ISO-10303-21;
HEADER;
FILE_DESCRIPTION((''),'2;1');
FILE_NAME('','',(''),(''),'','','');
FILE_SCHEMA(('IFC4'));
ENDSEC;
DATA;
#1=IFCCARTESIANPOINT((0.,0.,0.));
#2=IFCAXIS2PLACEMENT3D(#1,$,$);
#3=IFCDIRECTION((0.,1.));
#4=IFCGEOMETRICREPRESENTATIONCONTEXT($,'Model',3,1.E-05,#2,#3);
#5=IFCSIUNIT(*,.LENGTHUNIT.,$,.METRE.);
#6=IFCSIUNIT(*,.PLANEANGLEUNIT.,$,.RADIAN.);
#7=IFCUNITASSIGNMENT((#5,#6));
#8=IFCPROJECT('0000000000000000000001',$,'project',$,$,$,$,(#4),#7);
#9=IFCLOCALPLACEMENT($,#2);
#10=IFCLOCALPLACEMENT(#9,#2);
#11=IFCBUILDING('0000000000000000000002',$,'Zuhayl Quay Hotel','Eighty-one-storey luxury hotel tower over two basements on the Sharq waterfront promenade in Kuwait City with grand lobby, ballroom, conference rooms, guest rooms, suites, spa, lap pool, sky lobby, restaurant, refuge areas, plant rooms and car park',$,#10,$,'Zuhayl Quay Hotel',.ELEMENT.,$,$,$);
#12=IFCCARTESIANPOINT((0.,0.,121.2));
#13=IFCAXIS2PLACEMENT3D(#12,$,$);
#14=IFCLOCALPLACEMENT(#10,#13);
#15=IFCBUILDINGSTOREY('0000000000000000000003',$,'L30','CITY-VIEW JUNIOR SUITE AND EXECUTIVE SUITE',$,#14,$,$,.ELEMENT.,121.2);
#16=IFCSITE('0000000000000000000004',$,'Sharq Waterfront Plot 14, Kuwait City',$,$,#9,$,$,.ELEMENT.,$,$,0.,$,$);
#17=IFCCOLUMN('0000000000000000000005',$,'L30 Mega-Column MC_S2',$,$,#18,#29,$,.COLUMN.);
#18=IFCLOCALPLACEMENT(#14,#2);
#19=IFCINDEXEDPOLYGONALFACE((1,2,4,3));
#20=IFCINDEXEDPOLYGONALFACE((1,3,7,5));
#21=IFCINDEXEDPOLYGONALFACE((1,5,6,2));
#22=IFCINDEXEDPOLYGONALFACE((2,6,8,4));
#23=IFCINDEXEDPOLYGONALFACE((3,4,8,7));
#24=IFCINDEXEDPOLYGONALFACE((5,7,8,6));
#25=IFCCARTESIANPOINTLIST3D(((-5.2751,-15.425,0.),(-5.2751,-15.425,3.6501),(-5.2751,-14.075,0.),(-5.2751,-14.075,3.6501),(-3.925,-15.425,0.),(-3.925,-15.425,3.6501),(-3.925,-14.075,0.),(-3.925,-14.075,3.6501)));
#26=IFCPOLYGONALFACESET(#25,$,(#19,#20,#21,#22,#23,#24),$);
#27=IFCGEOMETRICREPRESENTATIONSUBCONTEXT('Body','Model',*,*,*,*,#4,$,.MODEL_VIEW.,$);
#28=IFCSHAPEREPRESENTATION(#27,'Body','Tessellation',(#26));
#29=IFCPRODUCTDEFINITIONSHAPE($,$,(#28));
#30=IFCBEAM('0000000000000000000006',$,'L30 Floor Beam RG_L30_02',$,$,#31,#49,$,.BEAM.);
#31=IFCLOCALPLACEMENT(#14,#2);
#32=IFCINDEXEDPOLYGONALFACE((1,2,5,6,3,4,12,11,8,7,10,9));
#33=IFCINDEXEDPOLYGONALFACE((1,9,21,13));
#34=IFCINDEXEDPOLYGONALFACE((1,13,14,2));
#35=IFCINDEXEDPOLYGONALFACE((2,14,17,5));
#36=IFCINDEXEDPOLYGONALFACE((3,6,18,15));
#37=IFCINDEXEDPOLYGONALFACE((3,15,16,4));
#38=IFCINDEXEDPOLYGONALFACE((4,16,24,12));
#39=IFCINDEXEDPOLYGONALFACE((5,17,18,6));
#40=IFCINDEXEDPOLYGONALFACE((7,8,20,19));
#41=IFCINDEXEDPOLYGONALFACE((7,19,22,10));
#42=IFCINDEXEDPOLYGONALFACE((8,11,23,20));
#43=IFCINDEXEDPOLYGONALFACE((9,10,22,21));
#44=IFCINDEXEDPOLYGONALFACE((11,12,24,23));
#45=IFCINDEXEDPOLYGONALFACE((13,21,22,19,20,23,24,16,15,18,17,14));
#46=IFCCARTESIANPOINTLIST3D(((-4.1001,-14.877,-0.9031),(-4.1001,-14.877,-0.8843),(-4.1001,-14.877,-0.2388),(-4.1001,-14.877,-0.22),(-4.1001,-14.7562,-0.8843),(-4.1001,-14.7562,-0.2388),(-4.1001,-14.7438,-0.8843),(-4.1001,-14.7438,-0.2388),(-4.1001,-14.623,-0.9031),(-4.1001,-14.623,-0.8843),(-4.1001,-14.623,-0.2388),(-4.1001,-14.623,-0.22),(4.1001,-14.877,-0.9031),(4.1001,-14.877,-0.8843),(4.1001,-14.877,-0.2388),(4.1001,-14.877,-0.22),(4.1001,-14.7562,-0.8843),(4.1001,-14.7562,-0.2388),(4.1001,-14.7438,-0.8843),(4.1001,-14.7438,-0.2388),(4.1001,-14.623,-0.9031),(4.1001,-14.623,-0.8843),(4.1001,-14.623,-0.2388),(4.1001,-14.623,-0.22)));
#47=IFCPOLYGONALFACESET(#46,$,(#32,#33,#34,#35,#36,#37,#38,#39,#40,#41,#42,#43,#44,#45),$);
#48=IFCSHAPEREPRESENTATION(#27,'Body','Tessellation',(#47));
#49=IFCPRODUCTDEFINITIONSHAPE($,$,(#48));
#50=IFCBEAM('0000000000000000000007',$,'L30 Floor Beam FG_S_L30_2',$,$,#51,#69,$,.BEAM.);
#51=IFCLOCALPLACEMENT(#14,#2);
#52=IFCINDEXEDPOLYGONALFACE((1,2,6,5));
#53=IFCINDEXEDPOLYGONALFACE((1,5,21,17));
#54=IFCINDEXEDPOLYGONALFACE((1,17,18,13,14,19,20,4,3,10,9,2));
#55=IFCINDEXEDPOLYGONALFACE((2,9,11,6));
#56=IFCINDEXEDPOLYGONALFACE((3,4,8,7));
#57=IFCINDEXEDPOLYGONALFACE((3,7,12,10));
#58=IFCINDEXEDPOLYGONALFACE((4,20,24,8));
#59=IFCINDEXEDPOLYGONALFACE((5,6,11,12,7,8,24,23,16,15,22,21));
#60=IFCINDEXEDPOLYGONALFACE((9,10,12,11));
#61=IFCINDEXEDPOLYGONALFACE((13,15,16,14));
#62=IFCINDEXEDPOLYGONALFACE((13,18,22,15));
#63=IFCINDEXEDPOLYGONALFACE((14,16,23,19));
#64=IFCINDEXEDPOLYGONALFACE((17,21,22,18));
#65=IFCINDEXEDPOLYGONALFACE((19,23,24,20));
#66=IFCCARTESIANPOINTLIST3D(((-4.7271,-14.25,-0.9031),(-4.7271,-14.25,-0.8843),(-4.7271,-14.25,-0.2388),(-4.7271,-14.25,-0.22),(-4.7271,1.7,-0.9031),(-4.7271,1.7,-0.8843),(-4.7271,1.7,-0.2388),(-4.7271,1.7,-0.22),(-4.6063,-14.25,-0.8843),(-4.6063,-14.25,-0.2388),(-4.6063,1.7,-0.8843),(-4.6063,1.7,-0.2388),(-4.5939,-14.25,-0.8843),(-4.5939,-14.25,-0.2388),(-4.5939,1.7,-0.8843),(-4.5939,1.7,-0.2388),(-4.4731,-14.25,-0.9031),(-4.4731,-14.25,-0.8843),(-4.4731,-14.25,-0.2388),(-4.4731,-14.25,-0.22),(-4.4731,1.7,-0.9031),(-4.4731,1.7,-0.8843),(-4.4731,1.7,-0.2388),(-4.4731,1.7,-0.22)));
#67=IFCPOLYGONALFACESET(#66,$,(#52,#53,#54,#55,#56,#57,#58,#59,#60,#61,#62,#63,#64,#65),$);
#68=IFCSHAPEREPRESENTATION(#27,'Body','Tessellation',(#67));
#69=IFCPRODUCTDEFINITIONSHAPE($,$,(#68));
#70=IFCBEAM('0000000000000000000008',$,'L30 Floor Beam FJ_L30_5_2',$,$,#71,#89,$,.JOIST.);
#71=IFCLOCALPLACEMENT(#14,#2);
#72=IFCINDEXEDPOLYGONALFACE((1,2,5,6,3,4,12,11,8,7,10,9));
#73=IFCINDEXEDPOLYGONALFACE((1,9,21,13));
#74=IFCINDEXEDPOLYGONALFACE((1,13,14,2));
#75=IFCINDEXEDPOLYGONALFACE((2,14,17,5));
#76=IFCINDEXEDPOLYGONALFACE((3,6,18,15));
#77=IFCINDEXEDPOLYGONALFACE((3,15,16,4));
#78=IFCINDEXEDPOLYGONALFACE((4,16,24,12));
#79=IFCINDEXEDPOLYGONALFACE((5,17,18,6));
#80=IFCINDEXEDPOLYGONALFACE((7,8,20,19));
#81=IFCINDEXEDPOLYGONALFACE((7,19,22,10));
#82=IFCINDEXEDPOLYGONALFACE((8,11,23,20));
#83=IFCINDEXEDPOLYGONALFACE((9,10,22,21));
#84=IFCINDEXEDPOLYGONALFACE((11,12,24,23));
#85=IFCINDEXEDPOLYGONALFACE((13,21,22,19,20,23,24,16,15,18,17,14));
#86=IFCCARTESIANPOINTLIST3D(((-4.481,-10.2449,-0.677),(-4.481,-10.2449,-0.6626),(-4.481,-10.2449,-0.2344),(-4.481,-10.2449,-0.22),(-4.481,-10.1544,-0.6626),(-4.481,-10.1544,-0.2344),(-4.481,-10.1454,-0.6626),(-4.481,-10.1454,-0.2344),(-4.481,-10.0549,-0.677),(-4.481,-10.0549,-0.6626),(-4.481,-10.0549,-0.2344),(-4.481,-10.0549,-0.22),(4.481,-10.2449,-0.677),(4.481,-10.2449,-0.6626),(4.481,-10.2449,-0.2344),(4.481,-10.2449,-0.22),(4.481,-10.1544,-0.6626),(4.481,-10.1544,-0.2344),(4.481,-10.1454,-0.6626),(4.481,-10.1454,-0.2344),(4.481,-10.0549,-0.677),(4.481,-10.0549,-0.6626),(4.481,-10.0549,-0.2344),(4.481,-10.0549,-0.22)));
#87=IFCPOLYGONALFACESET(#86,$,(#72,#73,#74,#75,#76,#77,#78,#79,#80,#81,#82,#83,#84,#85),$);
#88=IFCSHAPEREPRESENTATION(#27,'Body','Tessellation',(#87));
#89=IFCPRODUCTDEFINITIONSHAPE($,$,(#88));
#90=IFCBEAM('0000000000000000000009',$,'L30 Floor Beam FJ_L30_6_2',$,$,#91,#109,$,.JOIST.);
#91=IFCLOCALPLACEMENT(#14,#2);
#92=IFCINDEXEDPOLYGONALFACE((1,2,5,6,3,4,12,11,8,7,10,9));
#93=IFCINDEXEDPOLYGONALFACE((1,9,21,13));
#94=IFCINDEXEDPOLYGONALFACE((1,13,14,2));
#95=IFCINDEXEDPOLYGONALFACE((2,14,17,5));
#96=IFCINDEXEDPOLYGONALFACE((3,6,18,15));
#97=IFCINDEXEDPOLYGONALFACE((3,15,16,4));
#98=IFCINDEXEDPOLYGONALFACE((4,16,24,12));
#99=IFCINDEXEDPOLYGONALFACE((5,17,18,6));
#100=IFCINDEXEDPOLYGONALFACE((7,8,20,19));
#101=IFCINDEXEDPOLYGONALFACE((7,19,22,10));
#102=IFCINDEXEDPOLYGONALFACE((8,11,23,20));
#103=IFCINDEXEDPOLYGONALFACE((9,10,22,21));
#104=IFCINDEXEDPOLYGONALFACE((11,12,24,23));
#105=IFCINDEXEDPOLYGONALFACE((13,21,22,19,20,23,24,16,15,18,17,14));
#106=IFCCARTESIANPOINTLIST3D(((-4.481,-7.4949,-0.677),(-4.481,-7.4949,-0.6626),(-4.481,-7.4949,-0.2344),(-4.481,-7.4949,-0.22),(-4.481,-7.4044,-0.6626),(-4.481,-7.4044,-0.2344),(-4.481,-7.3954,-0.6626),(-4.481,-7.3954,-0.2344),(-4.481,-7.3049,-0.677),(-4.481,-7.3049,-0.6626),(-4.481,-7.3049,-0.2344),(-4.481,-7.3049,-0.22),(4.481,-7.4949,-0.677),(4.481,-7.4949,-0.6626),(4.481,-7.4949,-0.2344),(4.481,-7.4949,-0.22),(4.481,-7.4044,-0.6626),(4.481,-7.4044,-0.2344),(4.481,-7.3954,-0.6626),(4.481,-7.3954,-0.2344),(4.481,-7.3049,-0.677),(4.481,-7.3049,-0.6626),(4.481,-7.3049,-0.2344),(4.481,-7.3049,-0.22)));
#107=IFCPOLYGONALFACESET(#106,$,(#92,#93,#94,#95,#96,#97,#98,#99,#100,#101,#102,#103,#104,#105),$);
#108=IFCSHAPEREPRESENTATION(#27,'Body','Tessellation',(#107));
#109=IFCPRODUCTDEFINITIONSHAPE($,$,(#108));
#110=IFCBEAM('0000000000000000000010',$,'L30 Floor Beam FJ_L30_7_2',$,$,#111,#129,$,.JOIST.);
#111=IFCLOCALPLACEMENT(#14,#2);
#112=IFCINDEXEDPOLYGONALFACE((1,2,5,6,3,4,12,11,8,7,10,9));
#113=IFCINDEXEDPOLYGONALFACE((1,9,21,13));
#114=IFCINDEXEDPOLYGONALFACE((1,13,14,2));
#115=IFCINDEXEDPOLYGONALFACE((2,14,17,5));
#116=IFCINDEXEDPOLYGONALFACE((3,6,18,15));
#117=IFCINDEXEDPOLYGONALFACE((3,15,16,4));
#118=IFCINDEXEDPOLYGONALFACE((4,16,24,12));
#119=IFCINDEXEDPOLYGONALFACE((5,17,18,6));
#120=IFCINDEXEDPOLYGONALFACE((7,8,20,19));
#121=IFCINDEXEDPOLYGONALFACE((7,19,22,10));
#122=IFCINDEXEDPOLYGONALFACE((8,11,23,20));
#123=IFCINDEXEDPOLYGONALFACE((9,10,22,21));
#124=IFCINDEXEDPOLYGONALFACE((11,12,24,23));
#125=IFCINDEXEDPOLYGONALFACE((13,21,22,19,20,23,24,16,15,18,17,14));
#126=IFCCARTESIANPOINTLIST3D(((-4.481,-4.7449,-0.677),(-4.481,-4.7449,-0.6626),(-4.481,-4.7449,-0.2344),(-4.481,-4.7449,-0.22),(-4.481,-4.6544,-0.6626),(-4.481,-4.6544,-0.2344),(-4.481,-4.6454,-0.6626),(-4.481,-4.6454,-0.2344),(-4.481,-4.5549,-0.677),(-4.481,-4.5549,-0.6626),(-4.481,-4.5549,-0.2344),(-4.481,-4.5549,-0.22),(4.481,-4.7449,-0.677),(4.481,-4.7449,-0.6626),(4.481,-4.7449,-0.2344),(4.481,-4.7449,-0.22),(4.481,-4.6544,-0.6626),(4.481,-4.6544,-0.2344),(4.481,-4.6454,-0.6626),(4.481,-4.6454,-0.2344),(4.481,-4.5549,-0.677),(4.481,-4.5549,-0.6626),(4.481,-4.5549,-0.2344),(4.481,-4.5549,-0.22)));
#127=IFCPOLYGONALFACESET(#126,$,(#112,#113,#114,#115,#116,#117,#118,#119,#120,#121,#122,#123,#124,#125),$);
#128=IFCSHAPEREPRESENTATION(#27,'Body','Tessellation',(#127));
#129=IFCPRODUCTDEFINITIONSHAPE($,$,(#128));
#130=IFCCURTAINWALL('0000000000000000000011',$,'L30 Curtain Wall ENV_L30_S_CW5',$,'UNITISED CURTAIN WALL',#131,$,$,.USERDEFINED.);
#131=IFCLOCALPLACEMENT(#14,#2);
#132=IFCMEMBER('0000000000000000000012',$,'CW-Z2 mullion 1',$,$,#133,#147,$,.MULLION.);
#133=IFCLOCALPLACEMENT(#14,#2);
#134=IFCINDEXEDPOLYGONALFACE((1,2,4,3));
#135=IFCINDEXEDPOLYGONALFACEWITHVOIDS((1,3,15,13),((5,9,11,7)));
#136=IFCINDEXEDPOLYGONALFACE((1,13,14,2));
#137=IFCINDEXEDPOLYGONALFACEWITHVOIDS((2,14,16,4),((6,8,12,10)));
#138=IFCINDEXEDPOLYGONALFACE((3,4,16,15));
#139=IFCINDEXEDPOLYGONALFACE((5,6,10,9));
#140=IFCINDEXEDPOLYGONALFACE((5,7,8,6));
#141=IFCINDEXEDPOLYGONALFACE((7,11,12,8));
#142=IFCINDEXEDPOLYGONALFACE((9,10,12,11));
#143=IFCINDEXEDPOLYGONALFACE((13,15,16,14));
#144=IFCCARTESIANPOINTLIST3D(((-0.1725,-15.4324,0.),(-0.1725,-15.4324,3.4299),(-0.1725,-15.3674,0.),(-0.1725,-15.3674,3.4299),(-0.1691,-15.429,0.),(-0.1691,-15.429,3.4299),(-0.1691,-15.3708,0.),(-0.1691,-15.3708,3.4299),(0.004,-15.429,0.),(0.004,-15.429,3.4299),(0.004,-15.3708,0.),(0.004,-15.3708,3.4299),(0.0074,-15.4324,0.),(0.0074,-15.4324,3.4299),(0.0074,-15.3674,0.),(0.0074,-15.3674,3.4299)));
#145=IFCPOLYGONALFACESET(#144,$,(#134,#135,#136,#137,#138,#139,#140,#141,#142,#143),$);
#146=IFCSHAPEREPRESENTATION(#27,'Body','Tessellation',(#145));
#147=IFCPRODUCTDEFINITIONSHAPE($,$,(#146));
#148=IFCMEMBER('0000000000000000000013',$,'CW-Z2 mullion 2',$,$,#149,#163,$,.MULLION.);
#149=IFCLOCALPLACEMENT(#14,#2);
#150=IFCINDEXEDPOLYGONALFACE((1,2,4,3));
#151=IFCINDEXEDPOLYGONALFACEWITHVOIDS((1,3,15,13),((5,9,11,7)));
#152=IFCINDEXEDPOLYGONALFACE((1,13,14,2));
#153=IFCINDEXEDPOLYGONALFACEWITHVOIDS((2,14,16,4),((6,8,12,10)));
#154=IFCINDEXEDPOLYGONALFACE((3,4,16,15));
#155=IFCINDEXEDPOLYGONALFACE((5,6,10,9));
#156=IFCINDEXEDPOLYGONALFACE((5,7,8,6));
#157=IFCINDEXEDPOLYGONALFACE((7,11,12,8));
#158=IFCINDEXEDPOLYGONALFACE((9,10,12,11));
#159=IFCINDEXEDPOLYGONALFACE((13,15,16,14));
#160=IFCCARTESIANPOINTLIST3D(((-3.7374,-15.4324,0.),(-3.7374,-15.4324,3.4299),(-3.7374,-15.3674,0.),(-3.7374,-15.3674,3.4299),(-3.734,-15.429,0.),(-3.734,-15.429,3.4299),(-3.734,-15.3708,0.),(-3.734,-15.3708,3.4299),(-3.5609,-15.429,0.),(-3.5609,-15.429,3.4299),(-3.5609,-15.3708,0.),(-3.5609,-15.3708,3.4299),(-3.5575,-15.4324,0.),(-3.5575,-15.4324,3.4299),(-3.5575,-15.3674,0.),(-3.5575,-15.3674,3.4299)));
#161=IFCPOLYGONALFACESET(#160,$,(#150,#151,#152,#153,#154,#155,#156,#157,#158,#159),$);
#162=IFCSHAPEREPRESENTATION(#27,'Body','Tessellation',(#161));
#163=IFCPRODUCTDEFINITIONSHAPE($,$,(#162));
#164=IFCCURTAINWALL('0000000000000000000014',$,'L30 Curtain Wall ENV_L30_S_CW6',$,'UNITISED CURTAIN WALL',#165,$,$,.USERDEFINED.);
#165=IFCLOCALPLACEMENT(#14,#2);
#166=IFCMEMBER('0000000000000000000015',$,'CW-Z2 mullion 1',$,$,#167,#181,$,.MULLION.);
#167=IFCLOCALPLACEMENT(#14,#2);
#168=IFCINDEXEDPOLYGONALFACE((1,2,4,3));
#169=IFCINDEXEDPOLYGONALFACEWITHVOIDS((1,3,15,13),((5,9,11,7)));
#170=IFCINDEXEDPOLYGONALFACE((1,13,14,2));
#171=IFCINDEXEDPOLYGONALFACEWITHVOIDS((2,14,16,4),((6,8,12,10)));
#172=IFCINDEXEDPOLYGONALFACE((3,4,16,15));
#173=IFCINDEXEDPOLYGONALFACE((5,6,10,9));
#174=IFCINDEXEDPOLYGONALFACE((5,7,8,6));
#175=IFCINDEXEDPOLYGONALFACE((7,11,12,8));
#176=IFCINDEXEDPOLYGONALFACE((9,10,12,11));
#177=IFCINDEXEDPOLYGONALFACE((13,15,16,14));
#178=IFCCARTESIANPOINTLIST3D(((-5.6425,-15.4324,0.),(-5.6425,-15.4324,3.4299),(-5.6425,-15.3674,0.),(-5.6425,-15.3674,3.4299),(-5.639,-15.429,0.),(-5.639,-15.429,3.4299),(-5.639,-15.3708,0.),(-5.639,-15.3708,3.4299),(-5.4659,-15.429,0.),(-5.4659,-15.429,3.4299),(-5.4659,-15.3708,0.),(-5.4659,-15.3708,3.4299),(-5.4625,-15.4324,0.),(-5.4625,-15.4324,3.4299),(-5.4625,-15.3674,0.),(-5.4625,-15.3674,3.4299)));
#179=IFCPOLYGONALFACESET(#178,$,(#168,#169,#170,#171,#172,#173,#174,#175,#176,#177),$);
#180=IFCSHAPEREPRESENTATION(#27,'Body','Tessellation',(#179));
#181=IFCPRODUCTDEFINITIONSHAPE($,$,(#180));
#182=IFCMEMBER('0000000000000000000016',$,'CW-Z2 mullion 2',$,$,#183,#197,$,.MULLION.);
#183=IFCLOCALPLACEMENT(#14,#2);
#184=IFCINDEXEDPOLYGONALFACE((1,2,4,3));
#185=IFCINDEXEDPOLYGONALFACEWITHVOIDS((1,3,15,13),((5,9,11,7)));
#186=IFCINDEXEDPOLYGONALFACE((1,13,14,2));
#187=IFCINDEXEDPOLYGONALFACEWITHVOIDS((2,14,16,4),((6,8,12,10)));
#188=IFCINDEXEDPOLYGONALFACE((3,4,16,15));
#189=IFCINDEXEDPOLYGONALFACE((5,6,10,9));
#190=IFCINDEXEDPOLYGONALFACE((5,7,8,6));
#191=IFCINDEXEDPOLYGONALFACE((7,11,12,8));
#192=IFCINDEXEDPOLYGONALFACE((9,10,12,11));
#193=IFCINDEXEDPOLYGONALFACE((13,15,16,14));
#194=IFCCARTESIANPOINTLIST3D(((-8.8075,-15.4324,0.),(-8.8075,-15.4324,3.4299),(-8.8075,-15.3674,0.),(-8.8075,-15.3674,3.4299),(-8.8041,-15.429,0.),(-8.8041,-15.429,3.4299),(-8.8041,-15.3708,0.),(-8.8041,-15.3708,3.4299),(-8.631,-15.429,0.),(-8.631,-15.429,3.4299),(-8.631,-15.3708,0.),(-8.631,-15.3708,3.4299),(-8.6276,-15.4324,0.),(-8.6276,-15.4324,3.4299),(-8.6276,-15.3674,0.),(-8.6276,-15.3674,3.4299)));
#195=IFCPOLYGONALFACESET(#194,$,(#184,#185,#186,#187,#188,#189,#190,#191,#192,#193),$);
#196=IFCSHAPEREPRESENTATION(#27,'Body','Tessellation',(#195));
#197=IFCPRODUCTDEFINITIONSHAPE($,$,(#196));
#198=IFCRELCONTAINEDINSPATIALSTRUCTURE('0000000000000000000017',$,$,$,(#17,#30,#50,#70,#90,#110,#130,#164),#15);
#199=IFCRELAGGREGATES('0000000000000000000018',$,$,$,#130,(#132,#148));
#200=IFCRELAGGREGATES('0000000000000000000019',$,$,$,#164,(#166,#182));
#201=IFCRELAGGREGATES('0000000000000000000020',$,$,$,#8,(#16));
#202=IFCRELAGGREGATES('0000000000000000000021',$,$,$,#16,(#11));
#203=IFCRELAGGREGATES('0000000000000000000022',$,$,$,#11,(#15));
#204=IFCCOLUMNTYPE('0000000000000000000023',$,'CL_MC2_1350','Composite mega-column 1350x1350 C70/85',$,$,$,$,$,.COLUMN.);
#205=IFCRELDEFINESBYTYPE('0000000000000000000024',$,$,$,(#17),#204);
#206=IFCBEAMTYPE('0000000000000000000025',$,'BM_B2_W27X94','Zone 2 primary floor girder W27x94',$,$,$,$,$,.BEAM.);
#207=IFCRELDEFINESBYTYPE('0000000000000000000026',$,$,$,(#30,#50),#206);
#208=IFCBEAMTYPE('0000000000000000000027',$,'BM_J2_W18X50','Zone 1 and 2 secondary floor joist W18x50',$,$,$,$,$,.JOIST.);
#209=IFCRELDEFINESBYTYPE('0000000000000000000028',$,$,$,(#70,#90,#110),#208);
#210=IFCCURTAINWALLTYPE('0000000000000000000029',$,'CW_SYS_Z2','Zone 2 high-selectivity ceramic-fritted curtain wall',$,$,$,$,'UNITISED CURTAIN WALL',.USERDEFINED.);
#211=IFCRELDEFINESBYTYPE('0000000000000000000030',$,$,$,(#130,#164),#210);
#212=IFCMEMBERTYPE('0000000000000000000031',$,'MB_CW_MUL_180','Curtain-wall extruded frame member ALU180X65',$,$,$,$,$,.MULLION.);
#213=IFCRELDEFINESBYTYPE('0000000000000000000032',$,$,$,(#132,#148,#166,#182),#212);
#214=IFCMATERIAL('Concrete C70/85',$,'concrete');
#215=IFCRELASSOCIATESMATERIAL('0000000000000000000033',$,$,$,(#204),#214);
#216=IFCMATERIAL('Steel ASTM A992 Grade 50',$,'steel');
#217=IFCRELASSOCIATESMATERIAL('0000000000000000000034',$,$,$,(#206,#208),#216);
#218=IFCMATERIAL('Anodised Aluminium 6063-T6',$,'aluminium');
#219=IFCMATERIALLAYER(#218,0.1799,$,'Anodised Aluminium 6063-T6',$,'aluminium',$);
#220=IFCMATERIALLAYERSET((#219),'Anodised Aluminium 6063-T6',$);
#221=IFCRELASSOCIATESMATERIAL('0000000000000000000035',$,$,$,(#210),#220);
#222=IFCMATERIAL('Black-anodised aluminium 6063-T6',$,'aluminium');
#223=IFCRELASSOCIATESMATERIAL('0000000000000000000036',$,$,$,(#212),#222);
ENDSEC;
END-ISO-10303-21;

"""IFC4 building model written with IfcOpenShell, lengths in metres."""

from ifc_helpers import new_model, si_unit, direction, frame, origin, origin_2d, place, context, subcontext, project, spatial, rectangle, hollow_rectangle, i_section, extrude, material, layer, layer_set, material_profile, profile_set, type_object, element, aggregate, save


model = new_model("IFC4")

# Units and contexts
model_context = context("Model", 3, precision=1e-05, world=origin(), true_north=direction((0.0, 1.0)))
body_context = subcontext(model_context, "Body", "Model", "MODEL_VIEW")
ifc_project = project(units=[si_unit("LENGTHUNIT", "METRE"), si_unit("PLANEANGLEUNIT", "RADIAN")], contexts=[model_context])

# Site, building, storey
site_placement = place(None, origin())
site = spatial("IfcSite", under=ifc_project, at=site_placement, Name="Sharq Waterfront Plot 14, Kuwait City", CompositionType="ELEMENT", RefElevation=0.0)
building_placement = place(site_placement, origin())
building = spatial("IfcBuilding", under=site, at=building_placement, Name="Zuhayl Quay Hotel", Description="Eighty-one-storey luxury hotel tower over two basements on the Sharq waterfront promenade in Kuwait City with grand lobby, ballroom, conference rooms, guest rooms, suites, spa, lap pool, sky lobby, restaurant, refuge areas, plant rooms and car park", LongName="Zuhayl Quay Hotel", CompositionType="ELEMENT")
storey_placement = place(building_placement, frame((0.0, 0.0, 121.2)))
storey = spatial("IfcBuildingStorey", under=building, at=storey_placement, Name="L30", Description="CITY-VIEW JUNIOR SUITE AND EXECUTIVE SUITE", CompositionType="ELEMENT", Elevation=121.2)

# Column
ifc_material_1 = material(Name="Concrete C70/85", Category="concrete")
ifc_material_profile_1 = material_profile(ifc_material_1, rectangle(XDim=1.3501, YDim=1.3501, at=origin_2d()), Name="RC1350X1350")
ifc_profile_set_1 = profile_set([ifc_material_profile_1], Name="Concrete C70/85")
column_type = type_object("IfcColumnType", Name="CL_MC2_1350", Description="Composite mega-column 1350x1350 C70/85", PredefinedType="COLUMN", material=ifc_profile_set_1)
column_placement = place(storey_placement, frame((-4.6001, -14.75, 0.0), z_axis=(0.0, 0.0, 1.0), x_axis=(1.0, 0.0, 0.0)))
element("IfcColumn", 1, at=column_placement, inside=storey, type_object=column_type, Name="L30 Mega-Column MC_S2", PredefinedType="COLUMN", context=body_context, shape_type="SweptSolid", body=[
    extrude(rectangle(XDim=1.3501, YDim=1.3501, at=origin_2d()), origin(), (0.0, 0.0, 1.0), 3.6501),
])

# Beams
ifc_material_2 = material(Name="Steel ASTM A992 Grade 50", Category="steel")
ifc_material_profile_2 = material_profile(ifc_material_2, i_section(OverallWidth=0.2539, OverallDepth=0.6831, WebThickness=0.0125, FlangeThickness=0.0188, at=origin_2d()), Name="W27X94")
ifc_profile_set_2 = profile_set([ifc_material_profile_2], Name="Steel ASTM A992 Grade 50")
beam_type_1 = type_object("IfcBeamType", Name="BM_B2_W27X94", Description="Zone 2 primary floor girder W27x94", PredefinedType="BEAM", material=ifc_profile_set_2)
beam_1_placement = place(storey_placement, frame((-4.1001, -14.75, -0.5615), z_axis=(1.0, 0.0, 0.0), x_axis=(0.0, 1.0, 0.0)))
element("IfcBeam", 2, at=beam_1_placement, inside=storey, type_object=beam_type_1, Name="L30 Floor Beam RG_L30_02", PredefinedType="BEAM", context=body_context, shape_type="SweptSolid", body=[
    extrude(i_section(OverallWidth=0.2539, OverallDepth=0.6831, WebThickness=0.0125, FlangeThickness=0.0188, at=origin_2d()), origin(), (0.0, 0.0, 1.0), 8.2002),
])
beam_2_placement = place(storey_placement, frame((-4.6001, -14.25, -0.5615), z_axis=(0.0, 1.0, 0.0), x_axis=(-1.0, 0.0, 0.0)))
element("IfcBeam", 3, at=beam_2_placement, inside=storey, type_object=beam_type_1, Name="L30 Floor Beam FG_S_L30_2", PredefinedType="BEAM", context=body_context, shape_type="SweptSolid", body=[
    extrude(i_section(OverallWidth=0.2539, OverallDepth=0.6831, WebThickness=0.0125, FlangeThickness=0.0188, at=origin_2d()), origin(), (0.0, 0.0, 1.0), 15.95),
])
ifc_material_profile_3 = material_profile(ifc_material_2, i_section(OverallWidth=0.1899, OverallDepth=0.457, WebThickness=0.009, FlangeThickness=0.0144, at=origin_2d()), Name="W18X50")
ifc_profile_set_3 = profile_set([ifc_material_profile_3], Name="Steel ASTM A992 Grade 50")
beam_type_2 = type_object("IfcBeamType", Name="BM_J2_W18X50", Description="Zone 1 and 2 secondary floor joist W18x50", PredefinedType="JOIST", material=ifc_profile_set_3)
for number, where, z_axis, x_axis, name in (
    (4, (-4.481, -10.1499, -0.4485), (1.0, 0.0, 0.0), (0.0, 1.0, 0.0), "L30 Floor Beam FJ_L30_5_2"),
    (5, (-4.481, -7.3999, -0.4485), (1.0, 0.0, 0.0), (0.0, 1.0, 0.0), "L30 Floor Beam FJ_L30_6_2"),
    (6, (-4.481, -4.6499, -0.4485), (1.0, 0.0, 0.0), (0.0, 1.0, 0.0), "L30 Floor Beam FJ_L30_7_2"),
):
    element("IfcBeam", number, at=place(storey_placement, frame(where, z_axis=z_axis, x_axis=x_axis)), inside=storey, type_object=beam_type_2, Name=name, PredefinedType="JOIST", context=body_context, shape_type="SweptSolid", body=[
        extrude(i_section(OverallWidth=0.1899, OverallDepth=0.457, WebThickness=0.009, FlangeThickness=0.0144, at=origin_2d()), origin(), (0.0, 0.0, 1.0), 8.9619),
    ])

# Curtain walls, members
ifc_material_3 = material(Name="Anodised Aluminium 6063-T6", Category="aluminium")
ifc_layer_1 = layer(ifc_material_3, 0.1799, Name="Anodised Aluminium 6063-T6", Category="aluminium")
ifc_layer_set_1 = layer_set([ifc_layer_1], Name="Anodised Aluminium 6063-T6")
curtain_wall_type = type_object("IfcCurtainWallType", Name="CW_SYS_Z2", Description="Zone 2 high-selectivity ceramic-fritted curtain wall", ElementType="UNITISED CURTAIN WALL", PredefinedType="USERDEFINED", material=ifc_layer_set_1)
curtain_wall_1_placement = place(storey_placement, origin())
curtain_wall_1 = element("IfcCurtainWall", 7, at=curtain_wall_1_placement, inside=storey, type_object=curtain_wall_type, Name="L30 Curtain Wall ENV_L30_S_CW5", ObjectType="UNITISED CURTAIN WALL", PredefinedType="USERDEFINED")
ifc_material_4 = material(Name="Black-anodised aluminium 6063-T6", Category="aluminium")
ifc_material_profile_4 = material_profile(ifc_material_4, hollow_rectangle(XDim=0.0649, YDim=0.1799, WallThickness=0.0034, at=origin_2d()), Name="ALU180X65")
ifc_profile_set_4 = profile_set([ifc_material_profile_4], Name="Black-anodised aluminium 6063-T6")
member_type_1 = type_object("IfcMemberType", Name="MB_CW_MUL_180", Description="Curtain-wall extruded frame member ALU180X65", PredefinedType="MULLION", material=ifc_profile_set_4)
member_1_placement = place(storey_placement, frame((-0.0825, -15.3999, 0.0), z_axis=(0.0, 0.0, 1.0), x_axis=(0.0, -1.0, 0.0)))
member_1 = element("IfcMember", 8, at=member_1_placement, type_object=member_type_1, Name="CW-Z2 mullion 1", PredefinedType="MULLION", context=body_context, shape_type="SweptSolid", body=[
    extrude(hollow_rectangle(XDim=0.0649, YDim=0.1799, WallThickness=0.0034, at=origin_2d()), origin(), (0.0, 0.0, 1.0), 3.4299),
])
member_2_placement = place(storey_placement, frame((-3.6475, -15.3999, 0.0), z_axis=(0.0, 0.0, 1.0), x_axis=(0.0, -1.0, 0.0)))
member_2 = element("IfcMember", 9, at=member_2_placement, type_object=member_type_1, Name="CW-Z2 mullion 2", PredefinedType="MULLION", context=body_context, shape_type="SweptSolid", body=[
    extrude(hollow_rectangle(XDim=0.0649, YDim=0.1799, WallThickness=0.0034, at=origin_2d()), origin(), (0.0, 0.0, 1.0), 3.4299),
])
curtain_wall_2_placement = place(storey_placement, origin())
curtain_wall_2 = element("IfcCurtainWall", 10, at=curtain_wall_2_placement, inside=storey, type_object=curtain_wall_type, Name="L30 Curtain Wall ENV_L30_S_CW6", ObjectType="UNITISED CURTAIN WALL", PredefinedType="USERDEFINED")
member_3_placement = place(storey_placement, frame((-5.5525, -15.3999, 0.0), z_axis=(0.0, 0.0, 1.0), x_axis=(0.0, -1.0, 0.0)))
member_3 = element("IfcMember", 11, at=member_3_placement, type_object=member_type_1, Name="CW-Z2 mullion 1", PredefinedType="MULLION", context=body_context, shape_type="SweptSolid", body=[
    extrude(hollow_rectangle(XDim=0.0649, YDim=0.1799, WallThickness=0.0034, at=origin_2d()), origin(), (0.0, 0.0, 1.0), 3.4299),
])
member_4_placement = place(storey_placement, frame((-8.7175, -15.3999, 0.0), z_axis=(0.0, 0.0, 1.0), x_axis=(0.0, -1.0, 0.0)))
member_4 = element("IfcMember", 12, at=member_4_placement, type_object=member_type_1, Name="CW-Z2 mullion 2", PredefinedType="MULLION", context=body_context, shape_type="SweptSolid", body=[
    extrude(hollow_rectangle(XDim=0.0649, YDim=0.1799, WallThickness=0.0034, at=origin_2d()), origin(), (0.0, 0.0, 1.0), 3.4299),
])

aggregate(curtain_wall_1, [member_1, member_2])
aggregate(curtain_wall_2, [member_3, member_4])

save(model, "model.ifc")
